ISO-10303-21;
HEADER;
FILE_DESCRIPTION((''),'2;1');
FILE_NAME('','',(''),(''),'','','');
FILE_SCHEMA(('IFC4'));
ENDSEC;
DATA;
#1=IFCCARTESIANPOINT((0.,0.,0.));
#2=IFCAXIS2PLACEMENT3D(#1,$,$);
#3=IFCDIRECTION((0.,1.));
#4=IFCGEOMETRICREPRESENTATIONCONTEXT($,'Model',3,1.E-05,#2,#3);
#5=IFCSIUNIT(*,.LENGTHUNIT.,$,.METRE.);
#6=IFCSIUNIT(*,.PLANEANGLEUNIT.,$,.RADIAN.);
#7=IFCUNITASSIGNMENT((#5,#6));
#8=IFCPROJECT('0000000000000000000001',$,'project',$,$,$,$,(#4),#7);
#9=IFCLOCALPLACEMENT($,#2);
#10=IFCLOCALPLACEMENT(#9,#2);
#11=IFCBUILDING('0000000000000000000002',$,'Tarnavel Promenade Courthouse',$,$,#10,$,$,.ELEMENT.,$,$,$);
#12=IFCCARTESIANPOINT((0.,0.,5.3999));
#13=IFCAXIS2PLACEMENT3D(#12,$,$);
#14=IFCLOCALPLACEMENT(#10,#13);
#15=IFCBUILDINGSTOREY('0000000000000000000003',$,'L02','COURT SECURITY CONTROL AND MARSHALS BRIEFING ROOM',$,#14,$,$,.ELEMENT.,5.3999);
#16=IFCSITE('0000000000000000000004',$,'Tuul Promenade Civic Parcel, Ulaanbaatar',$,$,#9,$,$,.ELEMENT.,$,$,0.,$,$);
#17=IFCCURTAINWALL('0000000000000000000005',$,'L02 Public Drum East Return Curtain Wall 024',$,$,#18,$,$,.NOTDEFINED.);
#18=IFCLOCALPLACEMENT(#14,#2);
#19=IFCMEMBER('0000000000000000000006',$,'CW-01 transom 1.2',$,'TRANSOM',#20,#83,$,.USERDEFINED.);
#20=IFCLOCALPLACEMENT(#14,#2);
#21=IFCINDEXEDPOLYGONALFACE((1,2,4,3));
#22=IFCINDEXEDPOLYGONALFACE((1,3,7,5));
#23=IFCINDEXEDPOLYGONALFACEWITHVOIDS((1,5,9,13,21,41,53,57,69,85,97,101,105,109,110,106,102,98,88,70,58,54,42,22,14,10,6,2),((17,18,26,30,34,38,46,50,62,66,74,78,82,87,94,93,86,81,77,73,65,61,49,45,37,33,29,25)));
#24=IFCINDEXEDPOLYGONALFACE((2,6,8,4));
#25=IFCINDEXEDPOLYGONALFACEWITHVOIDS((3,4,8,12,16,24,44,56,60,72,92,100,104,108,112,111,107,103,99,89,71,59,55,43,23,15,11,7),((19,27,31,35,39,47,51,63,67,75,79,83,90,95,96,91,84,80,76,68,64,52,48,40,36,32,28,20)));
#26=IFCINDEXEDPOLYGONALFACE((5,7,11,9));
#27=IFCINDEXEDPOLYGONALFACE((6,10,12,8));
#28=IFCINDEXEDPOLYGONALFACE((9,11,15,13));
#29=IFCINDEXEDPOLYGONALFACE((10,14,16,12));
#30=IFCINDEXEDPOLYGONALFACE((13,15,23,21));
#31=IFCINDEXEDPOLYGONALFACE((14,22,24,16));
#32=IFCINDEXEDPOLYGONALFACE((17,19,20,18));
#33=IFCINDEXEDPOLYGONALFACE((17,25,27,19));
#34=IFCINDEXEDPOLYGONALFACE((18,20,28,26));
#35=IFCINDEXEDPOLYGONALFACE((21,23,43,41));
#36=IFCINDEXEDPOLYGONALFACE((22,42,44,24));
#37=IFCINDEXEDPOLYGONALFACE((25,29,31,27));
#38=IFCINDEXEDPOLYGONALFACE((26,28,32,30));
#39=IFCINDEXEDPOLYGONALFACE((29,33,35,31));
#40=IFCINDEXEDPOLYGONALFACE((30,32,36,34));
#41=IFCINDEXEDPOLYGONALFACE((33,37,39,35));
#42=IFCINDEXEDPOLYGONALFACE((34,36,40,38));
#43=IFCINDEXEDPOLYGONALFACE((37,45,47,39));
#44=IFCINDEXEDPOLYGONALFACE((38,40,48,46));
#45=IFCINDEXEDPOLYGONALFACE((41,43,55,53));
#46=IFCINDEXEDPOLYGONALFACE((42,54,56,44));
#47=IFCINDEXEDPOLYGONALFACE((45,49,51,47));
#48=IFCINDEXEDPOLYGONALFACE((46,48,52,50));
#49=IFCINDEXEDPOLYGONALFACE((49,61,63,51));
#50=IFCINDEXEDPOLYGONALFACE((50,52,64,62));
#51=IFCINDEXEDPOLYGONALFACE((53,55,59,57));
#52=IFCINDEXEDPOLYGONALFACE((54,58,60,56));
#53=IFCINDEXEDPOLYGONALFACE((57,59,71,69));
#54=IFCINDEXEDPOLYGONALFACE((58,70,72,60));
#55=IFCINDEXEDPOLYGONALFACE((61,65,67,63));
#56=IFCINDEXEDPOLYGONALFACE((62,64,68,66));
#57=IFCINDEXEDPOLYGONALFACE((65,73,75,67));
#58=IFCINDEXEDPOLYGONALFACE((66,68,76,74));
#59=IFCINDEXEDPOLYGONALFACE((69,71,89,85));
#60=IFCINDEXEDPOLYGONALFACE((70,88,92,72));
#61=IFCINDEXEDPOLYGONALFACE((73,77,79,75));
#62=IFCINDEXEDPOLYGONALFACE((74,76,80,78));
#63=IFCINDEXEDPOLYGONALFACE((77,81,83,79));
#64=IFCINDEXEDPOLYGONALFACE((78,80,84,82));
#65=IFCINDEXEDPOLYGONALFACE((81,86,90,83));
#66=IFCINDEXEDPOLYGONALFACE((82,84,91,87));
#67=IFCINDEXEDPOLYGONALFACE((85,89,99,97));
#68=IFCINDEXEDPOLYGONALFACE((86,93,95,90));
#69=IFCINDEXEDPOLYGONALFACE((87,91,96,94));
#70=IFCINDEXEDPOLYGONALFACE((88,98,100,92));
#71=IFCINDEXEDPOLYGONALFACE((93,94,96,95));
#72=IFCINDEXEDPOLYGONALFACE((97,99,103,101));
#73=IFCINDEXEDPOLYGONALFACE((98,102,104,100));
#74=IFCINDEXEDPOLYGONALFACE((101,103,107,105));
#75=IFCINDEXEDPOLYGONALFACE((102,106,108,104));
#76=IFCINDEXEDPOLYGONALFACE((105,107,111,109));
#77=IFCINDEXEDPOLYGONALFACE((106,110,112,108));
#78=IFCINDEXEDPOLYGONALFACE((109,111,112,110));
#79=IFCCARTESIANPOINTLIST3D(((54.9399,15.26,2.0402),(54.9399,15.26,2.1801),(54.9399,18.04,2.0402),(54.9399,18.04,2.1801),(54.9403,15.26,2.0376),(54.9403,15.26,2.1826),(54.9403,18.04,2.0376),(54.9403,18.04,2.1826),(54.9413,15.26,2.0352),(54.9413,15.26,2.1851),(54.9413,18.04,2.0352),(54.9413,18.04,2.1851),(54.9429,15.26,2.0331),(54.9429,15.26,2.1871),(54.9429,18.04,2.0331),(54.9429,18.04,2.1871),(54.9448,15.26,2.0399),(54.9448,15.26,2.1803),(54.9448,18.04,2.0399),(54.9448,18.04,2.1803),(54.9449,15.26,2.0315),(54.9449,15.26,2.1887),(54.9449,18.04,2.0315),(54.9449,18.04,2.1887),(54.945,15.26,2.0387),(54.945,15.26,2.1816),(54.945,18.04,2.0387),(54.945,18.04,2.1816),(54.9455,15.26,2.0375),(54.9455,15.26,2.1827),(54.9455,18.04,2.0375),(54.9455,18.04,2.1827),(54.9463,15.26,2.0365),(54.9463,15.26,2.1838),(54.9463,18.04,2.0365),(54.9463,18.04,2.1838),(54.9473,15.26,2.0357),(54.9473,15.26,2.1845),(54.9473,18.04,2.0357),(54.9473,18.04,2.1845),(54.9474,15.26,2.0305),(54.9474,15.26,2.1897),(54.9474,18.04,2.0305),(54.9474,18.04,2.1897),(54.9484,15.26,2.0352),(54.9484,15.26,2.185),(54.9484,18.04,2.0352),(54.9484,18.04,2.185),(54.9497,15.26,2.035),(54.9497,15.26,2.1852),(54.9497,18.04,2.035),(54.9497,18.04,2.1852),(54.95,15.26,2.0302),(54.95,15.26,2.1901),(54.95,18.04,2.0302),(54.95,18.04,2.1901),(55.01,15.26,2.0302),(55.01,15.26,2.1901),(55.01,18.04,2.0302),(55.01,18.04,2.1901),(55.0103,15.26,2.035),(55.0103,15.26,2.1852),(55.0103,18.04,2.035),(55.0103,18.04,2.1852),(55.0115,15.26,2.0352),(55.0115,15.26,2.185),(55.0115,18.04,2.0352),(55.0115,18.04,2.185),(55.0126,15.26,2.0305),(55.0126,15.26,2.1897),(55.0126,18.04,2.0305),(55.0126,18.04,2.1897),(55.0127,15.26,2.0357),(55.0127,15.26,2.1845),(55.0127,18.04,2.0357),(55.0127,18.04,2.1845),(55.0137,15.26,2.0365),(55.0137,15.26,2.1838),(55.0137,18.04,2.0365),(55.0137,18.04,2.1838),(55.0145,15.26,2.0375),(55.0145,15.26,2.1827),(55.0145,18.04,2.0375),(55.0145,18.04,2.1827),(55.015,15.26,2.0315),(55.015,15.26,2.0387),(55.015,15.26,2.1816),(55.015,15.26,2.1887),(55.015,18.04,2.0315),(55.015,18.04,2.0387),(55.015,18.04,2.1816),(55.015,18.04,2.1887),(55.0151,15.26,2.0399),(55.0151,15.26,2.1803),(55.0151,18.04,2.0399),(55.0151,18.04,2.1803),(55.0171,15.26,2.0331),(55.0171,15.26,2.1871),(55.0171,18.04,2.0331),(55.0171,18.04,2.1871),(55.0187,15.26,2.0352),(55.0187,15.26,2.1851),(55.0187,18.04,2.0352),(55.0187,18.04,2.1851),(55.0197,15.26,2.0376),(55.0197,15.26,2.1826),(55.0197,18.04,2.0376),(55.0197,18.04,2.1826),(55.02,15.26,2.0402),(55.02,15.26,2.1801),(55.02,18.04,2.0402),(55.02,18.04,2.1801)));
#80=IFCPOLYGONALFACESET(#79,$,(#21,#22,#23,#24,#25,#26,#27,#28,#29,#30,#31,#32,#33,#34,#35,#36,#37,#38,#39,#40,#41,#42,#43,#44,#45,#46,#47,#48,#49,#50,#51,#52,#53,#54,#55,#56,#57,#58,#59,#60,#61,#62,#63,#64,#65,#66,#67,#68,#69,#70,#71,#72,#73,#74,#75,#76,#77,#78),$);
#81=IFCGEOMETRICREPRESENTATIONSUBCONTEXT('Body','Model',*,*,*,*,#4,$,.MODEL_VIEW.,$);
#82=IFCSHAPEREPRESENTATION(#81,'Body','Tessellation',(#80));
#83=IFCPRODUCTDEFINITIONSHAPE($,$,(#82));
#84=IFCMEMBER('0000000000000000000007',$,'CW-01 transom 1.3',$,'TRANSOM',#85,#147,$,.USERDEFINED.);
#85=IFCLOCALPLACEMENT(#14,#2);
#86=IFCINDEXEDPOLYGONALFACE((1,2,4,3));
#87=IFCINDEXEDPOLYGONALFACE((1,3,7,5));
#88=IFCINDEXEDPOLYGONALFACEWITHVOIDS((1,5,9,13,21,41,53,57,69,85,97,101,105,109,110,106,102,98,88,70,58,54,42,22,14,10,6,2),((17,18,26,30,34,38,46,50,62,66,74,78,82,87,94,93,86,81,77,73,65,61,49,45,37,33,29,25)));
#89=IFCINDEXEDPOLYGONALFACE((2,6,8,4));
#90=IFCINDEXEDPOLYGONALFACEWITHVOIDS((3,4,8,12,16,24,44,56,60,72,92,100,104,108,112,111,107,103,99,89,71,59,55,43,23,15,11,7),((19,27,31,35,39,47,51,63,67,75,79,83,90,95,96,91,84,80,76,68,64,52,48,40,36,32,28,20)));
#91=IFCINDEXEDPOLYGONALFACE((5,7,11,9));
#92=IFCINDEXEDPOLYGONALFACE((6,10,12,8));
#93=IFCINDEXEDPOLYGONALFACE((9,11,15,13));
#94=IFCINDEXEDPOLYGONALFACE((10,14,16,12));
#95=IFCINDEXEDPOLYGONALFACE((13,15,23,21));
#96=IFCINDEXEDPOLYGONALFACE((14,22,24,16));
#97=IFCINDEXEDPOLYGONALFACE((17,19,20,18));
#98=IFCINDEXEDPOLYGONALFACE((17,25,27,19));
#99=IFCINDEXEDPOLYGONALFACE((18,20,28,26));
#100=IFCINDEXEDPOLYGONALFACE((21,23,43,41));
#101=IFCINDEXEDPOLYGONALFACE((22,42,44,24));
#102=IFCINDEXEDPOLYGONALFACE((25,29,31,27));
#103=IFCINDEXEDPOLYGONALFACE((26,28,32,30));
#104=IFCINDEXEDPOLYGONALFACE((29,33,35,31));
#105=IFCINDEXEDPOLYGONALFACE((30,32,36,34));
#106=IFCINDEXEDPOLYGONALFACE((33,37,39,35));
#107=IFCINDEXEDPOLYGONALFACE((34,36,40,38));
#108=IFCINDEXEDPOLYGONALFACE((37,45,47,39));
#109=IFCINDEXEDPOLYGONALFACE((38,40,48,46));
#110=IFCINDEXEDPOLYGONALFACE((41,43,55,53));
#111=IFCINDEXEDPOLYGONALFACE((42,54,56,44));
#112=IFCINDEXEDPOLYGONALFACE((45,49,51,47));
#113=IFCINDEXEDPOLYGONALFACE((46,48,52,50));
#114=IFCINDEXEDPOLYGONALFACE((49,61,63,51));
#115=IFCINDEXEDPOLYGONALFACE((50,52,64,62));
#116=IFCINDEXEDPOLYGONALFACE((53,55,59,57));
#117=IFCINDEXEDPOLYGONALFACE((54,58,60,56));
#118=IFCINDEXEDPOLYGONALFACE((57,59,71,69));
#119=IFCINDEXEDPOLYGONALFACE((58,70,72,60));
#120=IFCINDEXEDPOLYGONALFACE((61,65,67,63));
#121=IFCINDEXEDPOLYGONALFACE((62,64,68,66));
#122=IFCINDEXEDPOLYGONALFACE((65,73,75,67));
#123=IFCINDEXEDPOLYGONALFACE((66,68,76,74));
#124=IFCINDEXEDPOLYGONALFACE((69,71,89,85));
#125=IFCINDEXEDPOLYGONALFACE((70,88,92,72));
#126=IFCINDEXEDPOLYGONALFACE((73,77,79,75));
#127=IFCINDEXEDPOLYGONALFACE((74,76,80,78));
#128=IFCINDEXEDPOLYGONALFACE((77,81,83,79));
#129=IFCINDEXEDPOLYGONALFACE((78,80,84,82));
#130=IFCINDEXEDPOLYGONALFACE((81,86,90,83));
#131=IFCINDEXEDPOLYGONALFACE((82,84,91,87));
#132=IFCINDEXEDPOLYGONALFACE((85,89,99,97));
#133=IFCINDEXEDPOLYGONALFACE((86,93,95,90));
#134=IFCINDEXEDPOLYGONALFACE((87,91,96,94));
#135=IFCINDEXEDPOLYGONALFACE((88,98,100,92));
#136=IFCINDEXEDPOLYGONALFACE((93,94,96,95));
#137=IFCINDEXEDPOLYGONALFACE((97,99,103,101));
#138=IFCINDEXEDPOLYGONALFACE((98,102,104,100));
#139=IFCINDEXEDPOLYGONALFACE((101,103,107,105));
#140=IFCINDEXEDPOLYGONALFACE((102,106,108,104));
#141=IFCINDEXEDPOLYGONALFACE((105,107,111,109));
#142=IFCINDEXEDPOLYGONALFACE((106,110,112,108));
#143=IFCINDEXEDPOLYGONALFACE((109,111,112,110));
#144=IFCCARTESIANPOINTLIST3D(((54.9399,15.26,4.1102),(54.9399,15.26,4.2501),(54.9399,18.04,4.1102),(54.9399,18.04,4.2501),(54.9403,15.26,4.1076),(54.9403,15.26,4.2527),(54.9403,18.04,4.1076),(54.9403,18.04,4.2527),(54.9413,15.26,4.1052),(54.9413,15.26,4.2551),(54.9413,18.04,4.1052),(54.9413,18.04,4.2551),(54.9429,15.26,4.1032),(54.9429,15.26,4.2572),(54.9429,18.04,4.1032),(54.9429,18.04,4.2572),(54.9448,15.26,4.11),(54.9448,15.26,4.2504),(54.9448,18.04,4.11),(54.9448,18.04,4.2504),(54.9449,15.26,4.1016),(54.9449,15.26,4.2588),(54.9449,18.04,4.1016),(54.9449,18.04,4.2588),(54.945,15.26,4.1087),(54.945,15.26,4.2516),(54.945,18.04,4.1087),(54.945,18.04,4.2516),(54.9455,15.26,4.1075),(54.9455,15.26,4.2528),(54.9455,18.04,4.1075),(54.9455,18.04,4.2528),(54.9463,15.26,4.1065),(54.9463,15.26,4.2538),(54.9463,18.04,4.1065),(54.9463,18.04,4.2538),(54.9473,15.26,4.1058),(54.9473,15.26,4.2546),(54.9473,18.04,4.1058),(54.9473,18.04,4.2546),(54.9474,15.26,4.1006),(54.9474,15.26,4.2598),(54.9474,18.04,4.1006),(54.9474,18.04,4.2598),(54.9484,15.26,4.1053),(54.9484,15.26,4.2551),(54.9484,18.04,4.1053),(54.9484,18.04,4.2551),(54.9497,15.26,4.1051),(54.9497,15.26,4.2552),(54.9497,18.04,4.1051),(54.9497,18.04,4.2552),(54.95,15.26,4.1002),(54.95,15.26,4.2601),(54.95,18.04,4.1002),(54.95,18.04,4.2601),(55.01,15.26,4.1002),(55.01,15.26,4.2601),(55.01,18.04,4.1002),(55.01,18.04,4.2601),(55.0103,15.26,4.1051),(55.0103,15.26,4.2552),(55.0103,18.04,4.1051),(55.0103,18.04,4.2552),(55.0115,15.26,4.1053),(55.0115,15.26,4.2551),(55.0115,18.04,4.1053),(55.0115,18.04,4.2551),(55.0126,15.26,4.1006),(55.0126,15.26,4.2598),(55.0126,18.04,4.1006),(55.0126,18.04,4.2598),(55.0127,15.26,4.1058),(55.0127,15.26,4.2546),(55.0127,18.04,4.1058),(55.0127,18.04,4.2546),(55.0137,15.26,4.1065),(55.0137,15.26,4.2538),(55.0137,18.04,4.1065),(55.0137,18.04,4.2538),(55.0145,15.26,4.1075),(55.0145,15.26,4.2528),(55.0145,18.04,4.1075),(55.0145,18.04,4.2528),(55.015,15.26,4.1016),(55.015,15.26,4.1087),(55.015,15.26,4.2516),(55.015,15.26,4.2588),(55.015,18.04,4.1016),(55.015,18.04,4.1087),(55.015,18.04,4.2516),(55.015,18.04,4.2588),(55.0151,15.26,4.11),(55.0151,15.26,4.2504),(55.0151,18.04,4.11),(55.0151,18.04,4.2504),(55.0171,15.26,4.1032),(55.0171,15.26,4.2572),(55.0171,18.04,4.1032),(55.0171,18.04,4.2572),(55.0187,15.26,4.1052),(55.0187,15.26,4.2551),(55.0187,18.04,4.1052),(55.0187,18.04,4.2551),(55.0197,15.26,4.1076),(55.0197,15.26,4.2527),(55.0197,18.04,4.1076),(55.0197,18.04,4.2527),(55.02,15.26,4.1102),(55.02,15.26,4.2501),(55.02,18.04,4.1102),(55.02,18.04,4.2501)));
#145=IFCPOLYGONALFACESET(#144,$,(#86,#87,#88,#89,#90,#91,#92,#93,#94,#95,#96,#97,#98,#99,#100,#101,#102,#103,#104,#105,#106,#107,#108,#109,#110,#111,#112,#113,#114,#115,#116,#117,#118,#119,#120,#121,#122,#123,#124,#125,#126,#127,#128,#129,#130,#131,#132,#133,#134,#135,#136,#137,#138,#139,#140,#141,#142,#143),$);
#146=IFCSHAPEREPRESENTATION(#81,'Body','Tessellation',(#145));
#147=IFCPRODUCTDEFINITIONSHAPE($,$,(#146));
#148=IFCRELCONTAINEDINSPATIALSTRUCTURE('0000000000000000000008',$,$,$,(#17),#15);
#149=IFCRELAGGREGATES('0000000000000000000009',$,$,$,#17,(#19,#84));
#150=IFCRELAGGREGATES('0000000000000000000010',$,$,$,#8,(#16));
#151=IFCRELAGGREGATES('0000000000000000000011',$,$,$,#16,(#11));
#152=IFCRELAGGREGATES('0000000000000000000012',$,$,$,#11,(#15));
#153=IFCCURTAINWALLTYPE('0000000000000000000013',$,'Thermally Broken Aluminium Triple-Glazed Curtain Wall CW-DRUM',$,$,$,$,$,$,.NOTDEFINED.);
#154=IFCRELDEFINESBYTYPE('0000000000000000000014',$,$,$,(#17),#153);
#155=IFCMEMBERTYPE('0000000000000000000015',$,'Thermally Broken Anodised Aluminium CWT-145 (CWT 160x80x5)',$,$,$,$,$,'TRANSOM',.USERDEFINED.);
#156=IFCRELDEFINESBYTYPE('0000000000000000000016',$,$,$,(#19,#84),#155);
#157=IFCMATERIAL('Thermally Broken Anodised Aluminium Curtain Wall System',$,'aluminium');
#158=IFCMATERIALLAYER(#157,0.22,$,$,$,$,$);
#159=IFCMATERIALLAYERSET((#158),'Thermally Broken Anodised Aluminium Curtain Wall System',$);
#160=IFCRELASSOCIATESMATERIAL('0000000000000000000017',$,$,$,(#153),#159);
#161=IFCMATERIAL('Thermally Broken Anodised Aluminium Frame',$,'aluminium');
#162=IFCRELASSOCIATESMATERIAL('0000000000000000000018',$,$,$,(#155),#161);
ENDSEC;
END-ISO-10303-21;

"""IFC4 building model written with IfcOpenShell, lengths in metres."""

from ifc_helpers import new_model, si_unit, direction, frame, origin, origin_2d, place, context, subcontext, project, spatial, hollow_rectangle, extrude, material, layer, layer_set, material_profile, profile_set, type_object, element, aggregate, save


model = new_model("IFC4")

# Units and contexts
model_context = context("Model", 3, precision=1e-05, world=origin(), true_north=direction((0.0, 1.0)))
body_context = subcontext(model_context, "Body", "Model", "MODEL_VIEW")
ifc_project = project(units=[si_unit("LENGTHUNIT", "METRE"), si_unit("PLANEANGLEUNIT", "RADIAN")], contexts=[model_context])

# Site, building, storey
site_placement = place(None, origin())
site = spatial("IfcSite", under=ifc_project, at=site_placement, Name="Tuul Promenade Civic Parcel, Ulaanbaatar", CompositionType="ELEMENT", RefElevation=0.0)
building_placement = place(site_placement, origin())
building = spatial("IfcBuilding", under=site, at=building_placement, Name="Tarnavel Promenade Courthouse", CompositionType="ELEMENT")
storey_placement = place(building_placement, frame((0.0, 0.0, 5.3999)))
storey = spatial("IfcBuildingStorey", under=building, at=storey_placement, Name="L02", Description="COURT SECURITY CONTROL AND MARSHALS BRIEFING ROOM", CompositionType="ELEMENT", Elevation=5.3999)

# Curtain wall
ifc_material_1 = material(Name="Thermally Broken Anodised Aluminium Curtain Wall System", Category="aluminium")
ifc_layer_1 = layer(ifc_material_1, 0.22)
ifc_layer_set_1 = layer_set([ifc_layer_1], Name="Thermally Broken Anodised Aluminium Curtain Wall System")
curtain_wall_type = type_object("IfcCurtainWallType", Name="Thermally Broken Aluminium Triple-Glazed Curtain Wall CW-DRUM", PredefinedType="NOTDEFINED", material=ifc_layer_set_1)
ifc_material_2 = material(Name="Thermally Broken Anodised Aluminium Frame", Category="aluminium")
curtain_wall_1_placement = place(storey_placement, origin())
curtain_wall_1 = element("IfcCurtainWall", 1, at=curtain_wall_1_placement, inside=storey, type_object=curtain_wall_type, Name="L02 Public Drum East Return Curtain Wall 024", PredefinedType="NOTDEFINED")

# Members
ifc_material_profile_1 = material_profile(ifc_material_2, hollow_rectangle(XDim=0.0801, YDim=0.1599, WallThickness=0.0049, InnerFilletRadius=0.0049, OuterFilletRadius=0.01, at=origin_2d()), Name="CWT 160x80x5")
ifc_profile_set_1 = profile_set([ifc_material_profile_1], Name="Thermally Broken Anodised Aluminium Frame")
member_type_1 = type_object("IfcMemberType", Name="Thermally Broken Anodised Aluminium CWT-145 (CWT 160x80x5)", ElementType="TRANSOM", PredefinedType="USERDEFINED", material=ifc_profile_set_1)
member_1_placement = place(storey_placement, frame((54.98, 15.26, 2.1101), z_axis=(0.0, 1.0, 0.0), x_axis=(-1.0, 0.0, 0.0)))
member_1 = element("IfcMember", 2, at=member_1_placement, type_object=member_type_1, Name="CW-01 transom 1.2", ObjectType="TRANSOM", PredefinedType="USERDEFINED", context=body_context, shape_type="SweptSolid", body=[
    extrude(hollow_rectangle(XDim=0.0801, YDim=0.1599, WallThickness=0.0049, InnerFilletRadius=0.0049, OuterFilletRadius=0.01, at=origin_2d()), origin(), (0.0, 0.0, 1.0), 2.78),
])
member_2_placement = place(storey_placement, frame((54.98, 15.26, 4.1802), z_axis=(0.0, 1.0, 0.0), x_axis=(-1.0, 0.0, 0.0)))
member_2 = element("IfcMember", 3, at=member_2_placement, type_object=member_type_1, Name="CW-01 transom 1.3", ObjectType="TRANSOM", PredefinedType="USERDEFINED", context=body_context, shape_type="SweptSolid", body=[
    extrude(hollow_rectangle(XDim=0.0801, YDim=0.1599, WallThickness=0.0049, InnerFilletRadius=0.0049, OuterFilletRadius=0.01, at=origin_2d()), origin(), (0.0, 0.0, 1.0), 2.78),
])

aggregate(curtain_wall_1, [member_1, member_2])

save(model, "model.ifc")
